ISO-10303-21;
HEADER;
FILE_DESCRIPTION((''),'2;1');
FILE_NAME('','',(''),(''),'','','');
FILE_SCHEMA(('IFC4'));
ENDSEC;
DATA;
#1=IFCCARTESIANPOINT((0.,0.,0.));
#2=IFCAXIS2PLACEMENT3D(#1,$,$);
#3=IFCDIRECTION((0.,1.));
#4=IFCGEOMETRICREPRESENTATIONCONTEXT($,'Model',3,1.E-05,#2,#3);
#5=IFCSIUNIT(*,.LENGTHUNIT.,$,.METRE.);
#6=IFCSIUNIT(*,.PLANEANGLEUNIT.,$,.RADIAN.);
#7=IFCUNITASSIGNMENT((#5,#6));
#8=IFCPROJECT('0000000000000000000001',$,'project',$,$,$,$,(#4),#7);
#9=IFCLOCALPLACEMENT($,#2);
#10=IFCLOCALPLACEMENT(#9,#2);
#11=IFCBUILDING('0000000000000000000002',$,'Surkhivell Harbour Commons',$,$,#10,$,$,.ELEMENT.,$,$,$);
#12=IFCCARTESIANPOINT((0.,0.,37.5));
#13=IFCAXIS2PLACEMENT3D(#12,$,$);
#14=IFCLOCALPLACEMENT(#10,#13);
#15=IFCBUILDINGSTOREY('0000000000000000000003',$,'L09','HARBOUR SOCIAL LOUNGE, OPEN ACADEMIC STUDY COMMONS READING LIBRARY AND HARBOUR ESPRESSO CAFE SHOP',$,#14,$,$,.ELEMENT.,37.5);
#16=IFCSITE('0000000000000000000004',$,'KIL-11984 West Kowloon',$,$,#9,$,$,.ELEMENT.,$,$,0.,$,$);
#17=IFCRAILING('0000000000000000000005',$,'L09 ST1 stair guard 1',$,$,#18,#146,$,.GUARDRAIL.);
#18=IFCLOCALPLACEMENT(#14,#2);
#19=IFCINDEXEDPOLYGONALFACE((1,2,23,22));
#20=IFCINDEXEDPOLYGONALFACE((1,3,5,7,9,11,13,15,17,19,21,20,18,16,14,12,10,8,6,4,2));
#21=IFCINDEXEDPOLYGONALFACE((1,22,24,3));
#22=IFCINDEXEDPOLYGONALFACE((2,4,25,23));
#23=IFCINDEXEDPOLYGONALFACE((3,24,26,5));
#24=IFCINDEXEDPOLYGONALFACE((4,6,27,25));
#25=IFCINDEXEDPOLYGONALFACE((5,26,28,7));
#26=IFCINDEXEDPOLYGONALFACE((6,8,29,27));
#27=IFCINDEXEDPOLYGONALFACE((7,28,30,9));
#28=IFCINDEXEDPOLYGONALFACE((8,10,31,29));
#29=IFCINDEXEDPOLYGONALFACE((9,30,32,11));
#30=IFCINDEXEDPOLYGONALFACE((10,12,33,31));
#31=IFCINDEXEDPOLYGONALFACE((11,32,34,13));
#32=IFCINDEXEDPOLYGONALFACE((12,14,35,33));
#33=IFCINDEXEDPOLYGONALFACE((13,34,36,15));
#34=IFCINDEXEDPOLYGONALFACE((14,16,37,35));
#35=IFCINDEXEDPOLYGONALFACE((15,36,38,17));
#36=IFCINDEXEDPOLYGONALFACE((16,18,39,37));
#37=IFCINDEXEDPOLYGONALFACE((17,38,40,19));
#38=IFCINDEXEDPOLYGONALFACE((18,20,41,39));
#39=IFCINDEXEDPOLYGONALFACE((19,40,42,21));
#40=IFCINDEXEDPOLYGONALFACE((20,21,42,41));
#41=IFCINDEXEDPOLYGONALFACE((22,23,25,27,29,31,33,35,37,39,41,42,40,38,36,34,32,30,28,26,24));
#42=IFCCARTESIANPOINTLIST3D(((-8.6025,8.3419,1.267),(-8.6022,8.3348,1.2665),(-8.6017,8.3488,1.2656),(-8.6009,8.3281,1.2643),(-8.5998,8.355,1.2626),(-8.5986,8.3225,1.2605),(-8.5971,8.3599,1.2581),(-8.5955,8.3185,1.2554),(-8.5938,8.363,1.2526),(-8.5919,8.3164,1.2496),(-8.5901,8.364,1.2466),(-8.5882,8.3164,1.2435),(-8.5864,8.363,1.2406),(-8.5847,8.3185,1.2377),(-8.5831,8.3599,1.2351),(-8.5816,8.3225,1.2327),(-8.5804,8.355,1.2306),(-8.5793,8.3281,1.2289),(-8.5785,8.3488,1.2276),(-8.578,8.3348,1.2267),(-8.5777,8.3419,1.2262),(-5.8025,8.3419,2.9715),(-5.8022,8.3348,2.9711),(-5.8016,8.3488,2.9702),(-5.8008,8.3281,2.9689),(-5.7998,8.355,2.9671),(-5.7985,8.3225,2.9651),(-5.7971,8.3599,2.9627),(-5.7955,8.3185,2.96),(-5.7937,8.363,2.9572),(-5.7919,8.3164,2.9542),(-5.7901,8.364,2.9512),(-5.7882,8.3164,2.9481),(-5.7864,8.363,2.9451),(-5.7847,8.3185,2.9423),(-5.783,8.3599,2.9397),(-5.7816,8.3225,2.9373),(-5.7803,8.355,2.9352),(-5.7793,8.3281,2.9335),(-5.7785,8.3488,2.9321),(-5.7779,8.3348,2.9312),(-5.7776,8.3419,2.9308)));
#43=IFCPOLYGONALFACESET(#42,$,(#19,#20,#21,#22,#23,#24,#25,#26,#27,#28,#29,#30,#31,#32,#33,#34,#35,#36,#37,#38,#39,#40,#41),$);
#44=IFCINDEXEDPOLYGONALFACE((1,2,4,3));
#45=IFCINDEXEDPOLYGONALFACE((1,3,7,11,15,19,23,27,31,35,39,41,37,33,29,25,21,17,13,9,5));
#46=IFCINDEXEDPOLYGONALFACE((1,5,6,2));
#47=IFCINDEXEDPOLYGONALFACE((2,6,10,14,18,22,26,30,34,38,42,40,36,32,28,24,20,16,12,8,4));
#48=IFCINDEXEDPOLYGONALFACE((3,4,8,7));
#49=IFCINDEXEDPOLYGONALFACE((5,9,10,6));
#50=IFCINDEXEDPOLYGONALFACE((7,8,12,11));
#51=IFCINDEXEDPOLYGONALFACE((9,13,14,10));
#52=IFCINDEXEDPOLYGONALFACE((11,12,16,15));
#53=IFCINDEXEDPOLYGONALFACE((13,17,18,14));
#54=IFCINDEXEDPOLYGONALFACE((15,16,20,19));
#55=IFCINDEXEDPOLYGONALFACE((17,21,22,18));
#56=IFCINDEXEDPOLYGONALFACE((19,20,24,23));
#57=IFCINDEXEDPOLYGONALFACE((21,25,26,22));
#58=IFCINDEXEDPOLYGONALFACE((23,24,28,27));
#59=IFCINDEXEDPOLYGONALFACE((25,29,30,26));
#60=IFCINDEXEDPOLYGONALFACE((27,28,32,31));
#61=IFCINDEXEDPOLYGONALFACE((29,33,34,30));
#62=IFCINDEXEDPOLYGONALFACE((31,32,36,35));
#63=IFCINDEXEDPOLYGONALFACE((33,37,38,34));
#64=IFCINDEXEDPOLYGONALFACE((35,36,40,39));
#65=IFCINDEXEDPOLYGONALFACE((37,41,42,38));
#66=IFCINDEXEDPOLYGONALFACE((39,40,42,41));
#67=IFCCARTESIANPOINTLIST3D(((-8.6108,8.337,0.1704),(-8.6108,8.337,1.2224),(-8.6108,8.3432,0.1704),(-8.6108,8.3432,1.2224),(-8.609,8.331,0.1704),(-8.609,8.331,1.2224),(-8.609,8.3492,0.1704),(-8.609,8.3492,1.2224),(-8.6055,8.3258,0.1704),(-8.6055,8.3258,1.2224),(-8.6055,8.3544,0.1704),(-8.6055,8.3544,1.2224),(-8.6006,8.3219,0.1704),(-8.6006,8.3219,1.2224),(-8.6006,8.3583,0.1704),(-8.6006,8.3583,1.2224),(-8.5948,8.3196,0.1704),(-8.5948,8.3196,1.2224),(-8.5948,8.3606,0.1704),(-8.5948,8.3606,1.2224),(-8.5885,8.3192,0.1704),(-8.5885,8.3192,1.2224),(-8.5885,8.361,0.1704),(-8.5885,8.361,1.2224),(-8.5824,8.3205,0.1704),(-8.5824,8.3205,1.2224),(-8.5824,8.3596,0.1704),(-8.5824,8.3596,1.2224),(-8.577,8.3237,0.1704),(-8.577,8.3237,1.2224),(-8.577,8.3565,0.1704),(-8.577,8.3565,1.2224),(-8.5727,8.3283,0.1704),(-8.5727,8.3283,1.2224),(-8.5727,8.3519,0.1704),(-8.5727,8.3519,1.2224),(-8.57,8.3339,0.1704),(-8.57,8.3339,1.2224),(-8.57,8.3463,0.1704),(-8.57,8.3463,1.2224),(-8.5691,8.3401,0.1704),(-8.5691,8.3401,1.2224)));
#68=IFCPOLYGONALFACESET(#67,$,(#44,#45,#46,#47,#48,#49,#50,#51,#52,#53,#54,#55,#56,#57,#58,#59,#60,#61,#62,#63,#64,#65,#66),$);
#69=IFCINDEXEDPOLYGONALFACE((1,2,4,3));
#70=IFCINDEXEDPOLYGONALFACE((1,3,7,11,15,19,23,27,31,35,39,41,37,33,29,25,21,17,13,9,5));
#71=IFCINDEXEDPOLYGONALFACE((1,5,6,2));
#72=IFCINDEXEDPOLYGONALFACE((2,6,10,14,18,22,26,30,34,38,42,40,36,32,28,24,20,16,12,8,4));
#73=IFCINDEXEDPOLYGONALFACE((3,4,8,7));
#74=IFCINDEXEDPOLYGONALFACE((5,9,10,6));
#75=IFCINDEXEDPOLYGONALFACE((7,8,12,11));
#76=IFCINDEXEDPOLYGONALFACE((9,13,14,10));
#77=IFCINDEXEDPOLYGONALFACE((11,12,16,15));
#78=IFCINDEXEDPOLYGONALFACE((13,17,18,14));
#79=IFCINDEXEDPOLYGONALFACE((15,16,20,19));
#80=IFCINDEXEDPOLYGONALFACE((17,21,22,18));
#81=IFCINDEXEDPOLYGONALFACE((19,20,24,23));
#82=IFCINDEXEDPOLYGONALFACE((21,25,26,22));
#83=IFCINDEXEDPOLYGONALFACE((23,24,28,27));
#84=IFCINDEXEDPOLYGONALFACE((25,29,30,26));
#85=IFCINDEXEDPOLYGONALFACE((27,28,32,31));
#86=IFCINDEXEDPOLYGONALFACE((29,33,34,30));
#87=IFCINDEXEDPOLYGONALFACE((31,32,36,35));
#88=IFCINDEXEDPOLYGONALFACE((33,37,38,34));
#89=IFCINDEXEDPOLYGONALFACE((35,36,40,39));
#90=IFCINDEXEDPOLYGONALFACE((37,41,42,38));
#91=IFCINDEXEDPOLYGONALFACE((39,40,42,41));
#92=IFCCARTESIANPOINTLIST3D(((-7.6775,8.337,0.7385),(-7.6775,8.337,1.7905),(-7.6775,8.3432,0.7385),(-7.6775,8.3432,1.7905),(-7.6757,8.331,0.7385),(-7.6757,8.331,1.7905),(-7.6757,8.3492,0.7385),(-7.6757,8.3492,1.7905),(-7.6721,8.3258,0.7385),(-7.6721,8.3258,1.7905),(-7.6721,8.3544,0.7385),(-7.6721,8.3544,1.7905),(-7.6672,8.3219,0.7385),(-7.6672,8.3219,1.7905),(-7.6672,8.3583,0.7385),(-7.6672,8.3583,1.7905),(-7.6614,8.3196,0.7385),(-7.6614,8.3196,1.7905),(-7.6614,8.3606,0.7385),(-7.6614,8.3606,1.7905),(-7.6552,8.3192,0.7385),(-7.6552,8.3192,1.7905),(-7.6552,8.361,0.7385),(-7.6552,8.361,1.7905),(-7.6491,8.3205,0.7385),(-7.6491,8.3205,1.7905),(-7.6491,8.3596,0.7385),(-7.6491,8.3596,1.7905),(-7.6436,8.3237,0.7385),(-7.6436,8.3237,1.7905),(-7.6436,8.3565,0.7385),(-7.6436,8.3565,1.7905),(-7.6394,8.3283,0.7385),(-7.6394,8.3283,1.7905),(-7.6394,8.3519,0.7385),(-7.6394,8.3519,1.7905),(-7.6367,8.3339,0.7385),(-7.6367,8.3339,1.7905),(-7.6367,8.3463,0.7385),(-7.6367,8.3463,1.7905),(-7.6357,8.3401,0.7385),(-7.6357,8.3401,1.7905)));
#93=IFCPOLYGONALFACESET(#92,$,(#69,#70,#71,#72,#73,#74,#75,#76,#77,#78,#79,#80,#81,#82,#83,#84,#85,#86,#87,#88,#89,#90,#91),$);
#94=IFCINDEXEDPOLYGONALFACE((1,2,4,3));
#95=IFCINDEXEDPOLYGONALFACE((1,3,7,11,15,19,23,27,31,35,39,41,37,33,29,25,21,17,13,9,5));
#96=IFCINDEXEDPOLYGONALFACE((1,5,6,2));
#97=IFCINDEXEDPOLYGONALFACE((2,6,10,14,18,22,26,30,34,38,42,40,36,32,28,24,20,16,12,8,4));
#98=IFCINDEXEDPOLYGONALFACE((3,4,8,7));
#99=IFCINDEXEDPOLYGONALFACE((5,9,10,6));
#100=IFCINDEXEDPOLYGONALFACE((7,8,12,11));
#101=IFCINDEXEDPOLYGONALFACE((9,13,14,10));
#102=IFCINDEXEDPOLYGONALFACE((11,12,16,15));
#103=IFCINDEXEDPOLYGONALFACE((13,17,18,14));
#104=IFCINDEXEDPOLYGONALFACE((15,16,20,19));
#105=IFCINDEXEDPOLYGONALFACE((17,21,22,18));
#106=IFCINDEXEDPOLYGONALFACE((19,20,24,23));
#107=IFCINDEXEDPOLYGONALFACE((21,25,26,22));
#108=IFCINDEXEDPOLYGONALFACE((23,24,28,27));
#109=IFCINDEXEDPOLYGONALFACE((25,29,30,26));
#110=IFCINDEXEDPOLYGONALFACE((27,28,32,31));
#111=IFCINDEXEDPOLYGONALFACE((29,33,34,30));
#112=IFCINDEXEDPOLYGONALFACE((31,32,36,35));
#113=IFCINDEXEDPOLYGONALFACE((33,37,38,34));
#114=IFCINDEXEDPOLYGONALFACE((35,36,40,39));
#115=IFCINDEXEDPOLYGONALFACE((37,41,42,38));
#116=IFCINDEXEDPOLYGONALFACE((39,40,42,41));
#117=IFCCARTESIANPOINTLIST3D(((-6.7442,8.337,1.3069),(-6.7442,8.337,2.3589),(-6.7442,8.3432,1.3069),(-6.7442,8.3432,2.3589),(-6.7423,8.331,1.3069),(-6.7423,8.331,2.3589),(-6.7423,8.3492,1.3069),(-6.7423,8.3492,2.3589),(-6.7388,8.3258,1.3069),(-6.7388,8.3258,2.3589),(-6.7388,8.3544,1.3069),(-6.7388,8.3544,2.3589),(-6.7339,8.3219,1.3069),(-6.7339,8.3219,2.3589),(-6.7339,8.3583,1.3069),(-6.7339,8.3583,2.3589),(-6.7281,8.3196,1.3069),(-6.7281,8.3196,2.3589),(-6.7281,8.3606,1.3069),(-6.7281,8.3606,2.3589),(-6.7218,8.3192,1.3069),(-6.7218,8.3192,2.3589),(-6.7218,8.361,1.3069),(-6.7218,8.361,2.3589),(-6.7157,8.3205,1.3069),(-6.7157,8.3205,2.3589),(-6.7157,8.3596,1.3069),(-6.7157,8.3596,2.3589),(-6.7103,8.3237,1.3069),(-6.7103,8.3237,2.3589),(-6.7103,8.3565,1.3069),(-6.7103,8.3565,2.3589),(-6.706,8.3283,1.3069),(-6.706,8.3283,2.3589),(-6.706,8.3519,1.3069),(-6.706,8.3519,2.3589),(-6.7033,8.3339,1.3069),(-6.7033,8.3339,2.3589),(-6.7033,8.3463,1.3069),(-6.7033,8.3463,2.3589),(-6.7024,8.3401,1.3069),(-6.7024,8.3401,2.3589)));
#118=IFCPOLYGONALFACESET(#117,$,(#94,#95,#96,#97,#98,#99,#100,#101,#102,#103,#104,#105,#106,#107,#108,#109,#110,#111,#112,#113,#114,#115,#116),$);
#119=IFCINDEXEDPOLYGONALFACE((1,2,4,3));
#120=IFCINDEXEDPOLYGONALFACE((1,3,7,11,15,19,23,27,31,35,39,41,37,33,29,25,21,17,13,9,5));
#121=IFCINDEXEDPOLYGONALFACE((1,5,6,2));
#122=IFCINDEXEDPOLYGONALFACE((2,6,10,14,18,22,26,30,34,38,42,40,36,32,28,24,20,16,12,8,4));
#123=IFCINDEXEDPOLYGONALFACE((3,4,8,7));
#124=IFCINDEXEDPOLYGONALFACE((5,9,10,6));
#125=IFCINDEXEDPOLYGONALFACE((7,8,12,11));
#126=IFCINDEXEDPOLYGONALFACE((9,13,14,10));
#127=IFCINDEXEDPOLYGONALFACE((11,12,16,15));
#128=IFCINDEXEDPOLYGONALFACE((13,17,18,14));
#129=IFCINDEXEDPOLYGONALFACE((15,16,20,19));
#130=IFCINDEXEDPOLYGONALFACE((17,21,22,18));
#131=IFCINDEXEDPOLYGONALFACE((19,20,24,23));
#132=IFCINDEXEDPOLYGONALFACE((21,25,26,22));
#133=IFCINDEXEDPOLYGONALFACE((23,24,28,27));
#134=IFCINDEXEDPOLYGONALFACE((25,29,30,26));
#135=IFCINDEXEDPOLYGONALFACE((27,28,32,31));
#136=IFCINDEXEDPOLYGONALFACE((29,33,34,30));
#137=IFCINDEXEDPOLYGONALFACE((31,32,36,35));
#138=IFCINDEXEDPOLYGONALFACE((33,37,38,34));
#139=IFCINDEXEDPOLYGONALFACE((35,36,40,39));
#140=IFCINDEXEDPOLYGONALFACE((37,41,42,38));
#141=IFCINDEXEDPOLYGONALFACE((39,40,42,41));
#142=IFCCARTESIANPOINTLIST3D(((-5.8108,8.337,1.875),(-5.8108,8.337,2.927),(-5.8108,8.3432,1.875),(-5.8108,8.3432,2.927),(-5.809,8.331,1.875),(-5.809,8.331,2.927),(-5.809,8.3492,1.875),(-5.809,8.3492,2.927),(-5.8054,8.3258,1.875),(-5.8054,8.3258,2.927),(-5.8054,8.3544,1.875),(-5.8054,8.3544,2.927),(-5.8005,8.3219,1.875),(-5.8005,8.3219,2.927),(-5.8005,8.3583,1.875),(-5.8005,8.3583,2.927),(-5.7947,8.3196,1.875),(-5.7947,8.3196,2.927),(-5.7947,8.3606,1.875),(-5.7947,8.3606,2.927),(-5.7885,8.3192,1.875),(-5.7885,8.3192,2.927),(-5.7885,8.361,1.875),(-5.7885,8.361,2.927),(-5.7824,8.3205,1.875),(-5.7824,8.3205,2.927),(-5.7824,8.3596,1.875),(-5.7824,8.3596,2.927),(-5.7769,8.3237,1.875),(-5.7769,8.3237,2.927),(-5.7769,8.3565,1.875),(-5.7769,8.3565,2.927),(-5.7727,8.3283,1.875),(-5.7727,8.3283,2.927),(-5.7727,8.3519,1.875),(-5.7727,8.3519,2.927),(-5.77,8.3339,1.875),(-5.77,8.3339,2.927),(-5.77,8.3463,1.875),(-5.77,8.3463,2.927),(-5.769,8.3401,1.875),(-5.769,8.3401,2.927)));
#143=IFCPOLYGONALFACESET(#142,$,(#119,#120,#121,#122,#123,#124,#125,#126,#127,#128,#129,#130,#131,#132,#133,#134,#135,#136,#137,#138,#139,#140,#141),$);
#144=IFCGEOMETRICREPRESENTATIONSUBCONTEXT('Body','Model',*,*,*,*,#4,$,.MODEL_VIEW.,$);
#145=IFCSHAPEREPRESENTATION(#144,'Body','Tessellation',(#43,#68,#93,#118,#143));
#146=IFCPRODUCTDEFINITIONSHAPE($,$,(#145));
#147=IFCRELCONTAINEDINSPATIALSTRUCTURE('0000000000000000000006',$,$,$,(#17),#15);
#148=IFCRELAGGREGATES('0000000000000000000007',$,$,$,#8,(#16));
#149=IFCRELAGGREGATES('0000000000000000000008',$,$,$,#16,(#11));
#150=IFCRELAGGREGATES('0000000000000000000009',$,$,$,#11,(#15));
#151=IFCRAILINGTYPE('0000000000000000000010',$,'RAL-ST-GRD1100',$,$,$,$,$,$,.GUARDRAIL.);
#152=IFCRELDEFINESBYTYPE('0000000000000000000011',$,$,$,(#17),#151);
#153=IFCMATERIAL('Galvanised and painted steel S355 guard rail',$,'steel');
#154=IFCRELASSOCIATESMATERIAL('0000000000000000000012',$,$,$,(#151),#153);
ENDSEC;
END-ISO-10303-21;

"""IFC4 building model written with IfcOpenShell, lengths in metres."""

from ifc_helpers import new_model, si_unit, direction, frame, origin, origin_2d, place, context, subcontext, project, spatial, circle, extrude, material, type_object, element, save


model = new_model("IFC4")

# Units and contexts
model_context = context("Model", 3, precision=1e-05, world=origin(), true_north=direction((0.0, 1.0)))
body_context = subcontext(model_context, "Body", "Model", "MODEL_VIEW")
ifc_project = project(units=[si_unit("LENGTHUNIT", "METRE"), si_unit("PLANEANGLEUNIT", "RADIAN")], contexts=[model_context])

# Site, building, storey
site_placement = place(None, origin())
site = spatial("IfcSite", under=ifc_project, at=site_placement, Name="KIL-11984 West Kowloon", CompositionType="ELEMENT", RefElevation=0.0)
building_placement = place(site_placement, origin())
building = spatial("IfcBuilding", under=site, at=building_placement, Name="Surkhivell Harbour Commons", CompositionType="ELEMENT")
storey_placement = place(building_placement, frame((0.0, 0.0, 37.5)))
storey = spatial("IfcBuildingStorey", under=building, at=storey_placement, Name="L09", Description="HARBOUR SOCIAL LOUNGE, OPEN ACADEMIC STUDY COMMONS READING LIBRARY AND HARBOUR ESPRESSO CAFE SHOP", CompositionType="ELEMENT", Elevation=37.5)

# Railing
ifc_material_1 = material(Name="Galvanised and painted steel S355 guard rail", Category="steel")
railing_type_1 = type_object("IfcRailingType", Name="RAL-ST-GRD1100", PredefinedType="GUARDRAIL", material=ifc_material_1)
railing_1_placement = place(storey_placement, frame((-8.5901, 8.3401, 0.1704)))
element("IfcRailing", 1, at=railing_1_placement, inside=storey, type_object=railing_type_1, Name="L09 ST1 stair guard 1", PredefinedType="GUARDRAIL", context=body_context, shape_type="SweptSolid", body=[
    extrude(circle(Radius=0.0239, at=origin_2d()), frame((0.0, 0.0, 1.0762), z_axis=(0.85417, 0.0, 0.519994), x_axis=(0.0, 1.0, 0.0)), (0.0, 0.0, 1.0), 3.2781),
    extrude(circle(Radius=0.021, at=origin_2d()), origin(), (0.0, 0.0, 1.0), 1.052),
    extrude(circle(Radius=0.021, at=origin_2d()), frame((0.9333, 0.0, 0.5681)), (0.0, 0.0, 1.0), 1.052),
    extrude(circle(Radius=0.021, at=origin_2d()), frame((1.8667, 0.0, 1.1365)), (0.0, 0.0, 1.0), 1.052),
    extrude(circle(Radius=0.021, at=origin_2d()), frame((2.8, 0.0, 1.7046)), (0.0, 0.0, 1.0), 1.052),
])

save(model, "model.ifc")
